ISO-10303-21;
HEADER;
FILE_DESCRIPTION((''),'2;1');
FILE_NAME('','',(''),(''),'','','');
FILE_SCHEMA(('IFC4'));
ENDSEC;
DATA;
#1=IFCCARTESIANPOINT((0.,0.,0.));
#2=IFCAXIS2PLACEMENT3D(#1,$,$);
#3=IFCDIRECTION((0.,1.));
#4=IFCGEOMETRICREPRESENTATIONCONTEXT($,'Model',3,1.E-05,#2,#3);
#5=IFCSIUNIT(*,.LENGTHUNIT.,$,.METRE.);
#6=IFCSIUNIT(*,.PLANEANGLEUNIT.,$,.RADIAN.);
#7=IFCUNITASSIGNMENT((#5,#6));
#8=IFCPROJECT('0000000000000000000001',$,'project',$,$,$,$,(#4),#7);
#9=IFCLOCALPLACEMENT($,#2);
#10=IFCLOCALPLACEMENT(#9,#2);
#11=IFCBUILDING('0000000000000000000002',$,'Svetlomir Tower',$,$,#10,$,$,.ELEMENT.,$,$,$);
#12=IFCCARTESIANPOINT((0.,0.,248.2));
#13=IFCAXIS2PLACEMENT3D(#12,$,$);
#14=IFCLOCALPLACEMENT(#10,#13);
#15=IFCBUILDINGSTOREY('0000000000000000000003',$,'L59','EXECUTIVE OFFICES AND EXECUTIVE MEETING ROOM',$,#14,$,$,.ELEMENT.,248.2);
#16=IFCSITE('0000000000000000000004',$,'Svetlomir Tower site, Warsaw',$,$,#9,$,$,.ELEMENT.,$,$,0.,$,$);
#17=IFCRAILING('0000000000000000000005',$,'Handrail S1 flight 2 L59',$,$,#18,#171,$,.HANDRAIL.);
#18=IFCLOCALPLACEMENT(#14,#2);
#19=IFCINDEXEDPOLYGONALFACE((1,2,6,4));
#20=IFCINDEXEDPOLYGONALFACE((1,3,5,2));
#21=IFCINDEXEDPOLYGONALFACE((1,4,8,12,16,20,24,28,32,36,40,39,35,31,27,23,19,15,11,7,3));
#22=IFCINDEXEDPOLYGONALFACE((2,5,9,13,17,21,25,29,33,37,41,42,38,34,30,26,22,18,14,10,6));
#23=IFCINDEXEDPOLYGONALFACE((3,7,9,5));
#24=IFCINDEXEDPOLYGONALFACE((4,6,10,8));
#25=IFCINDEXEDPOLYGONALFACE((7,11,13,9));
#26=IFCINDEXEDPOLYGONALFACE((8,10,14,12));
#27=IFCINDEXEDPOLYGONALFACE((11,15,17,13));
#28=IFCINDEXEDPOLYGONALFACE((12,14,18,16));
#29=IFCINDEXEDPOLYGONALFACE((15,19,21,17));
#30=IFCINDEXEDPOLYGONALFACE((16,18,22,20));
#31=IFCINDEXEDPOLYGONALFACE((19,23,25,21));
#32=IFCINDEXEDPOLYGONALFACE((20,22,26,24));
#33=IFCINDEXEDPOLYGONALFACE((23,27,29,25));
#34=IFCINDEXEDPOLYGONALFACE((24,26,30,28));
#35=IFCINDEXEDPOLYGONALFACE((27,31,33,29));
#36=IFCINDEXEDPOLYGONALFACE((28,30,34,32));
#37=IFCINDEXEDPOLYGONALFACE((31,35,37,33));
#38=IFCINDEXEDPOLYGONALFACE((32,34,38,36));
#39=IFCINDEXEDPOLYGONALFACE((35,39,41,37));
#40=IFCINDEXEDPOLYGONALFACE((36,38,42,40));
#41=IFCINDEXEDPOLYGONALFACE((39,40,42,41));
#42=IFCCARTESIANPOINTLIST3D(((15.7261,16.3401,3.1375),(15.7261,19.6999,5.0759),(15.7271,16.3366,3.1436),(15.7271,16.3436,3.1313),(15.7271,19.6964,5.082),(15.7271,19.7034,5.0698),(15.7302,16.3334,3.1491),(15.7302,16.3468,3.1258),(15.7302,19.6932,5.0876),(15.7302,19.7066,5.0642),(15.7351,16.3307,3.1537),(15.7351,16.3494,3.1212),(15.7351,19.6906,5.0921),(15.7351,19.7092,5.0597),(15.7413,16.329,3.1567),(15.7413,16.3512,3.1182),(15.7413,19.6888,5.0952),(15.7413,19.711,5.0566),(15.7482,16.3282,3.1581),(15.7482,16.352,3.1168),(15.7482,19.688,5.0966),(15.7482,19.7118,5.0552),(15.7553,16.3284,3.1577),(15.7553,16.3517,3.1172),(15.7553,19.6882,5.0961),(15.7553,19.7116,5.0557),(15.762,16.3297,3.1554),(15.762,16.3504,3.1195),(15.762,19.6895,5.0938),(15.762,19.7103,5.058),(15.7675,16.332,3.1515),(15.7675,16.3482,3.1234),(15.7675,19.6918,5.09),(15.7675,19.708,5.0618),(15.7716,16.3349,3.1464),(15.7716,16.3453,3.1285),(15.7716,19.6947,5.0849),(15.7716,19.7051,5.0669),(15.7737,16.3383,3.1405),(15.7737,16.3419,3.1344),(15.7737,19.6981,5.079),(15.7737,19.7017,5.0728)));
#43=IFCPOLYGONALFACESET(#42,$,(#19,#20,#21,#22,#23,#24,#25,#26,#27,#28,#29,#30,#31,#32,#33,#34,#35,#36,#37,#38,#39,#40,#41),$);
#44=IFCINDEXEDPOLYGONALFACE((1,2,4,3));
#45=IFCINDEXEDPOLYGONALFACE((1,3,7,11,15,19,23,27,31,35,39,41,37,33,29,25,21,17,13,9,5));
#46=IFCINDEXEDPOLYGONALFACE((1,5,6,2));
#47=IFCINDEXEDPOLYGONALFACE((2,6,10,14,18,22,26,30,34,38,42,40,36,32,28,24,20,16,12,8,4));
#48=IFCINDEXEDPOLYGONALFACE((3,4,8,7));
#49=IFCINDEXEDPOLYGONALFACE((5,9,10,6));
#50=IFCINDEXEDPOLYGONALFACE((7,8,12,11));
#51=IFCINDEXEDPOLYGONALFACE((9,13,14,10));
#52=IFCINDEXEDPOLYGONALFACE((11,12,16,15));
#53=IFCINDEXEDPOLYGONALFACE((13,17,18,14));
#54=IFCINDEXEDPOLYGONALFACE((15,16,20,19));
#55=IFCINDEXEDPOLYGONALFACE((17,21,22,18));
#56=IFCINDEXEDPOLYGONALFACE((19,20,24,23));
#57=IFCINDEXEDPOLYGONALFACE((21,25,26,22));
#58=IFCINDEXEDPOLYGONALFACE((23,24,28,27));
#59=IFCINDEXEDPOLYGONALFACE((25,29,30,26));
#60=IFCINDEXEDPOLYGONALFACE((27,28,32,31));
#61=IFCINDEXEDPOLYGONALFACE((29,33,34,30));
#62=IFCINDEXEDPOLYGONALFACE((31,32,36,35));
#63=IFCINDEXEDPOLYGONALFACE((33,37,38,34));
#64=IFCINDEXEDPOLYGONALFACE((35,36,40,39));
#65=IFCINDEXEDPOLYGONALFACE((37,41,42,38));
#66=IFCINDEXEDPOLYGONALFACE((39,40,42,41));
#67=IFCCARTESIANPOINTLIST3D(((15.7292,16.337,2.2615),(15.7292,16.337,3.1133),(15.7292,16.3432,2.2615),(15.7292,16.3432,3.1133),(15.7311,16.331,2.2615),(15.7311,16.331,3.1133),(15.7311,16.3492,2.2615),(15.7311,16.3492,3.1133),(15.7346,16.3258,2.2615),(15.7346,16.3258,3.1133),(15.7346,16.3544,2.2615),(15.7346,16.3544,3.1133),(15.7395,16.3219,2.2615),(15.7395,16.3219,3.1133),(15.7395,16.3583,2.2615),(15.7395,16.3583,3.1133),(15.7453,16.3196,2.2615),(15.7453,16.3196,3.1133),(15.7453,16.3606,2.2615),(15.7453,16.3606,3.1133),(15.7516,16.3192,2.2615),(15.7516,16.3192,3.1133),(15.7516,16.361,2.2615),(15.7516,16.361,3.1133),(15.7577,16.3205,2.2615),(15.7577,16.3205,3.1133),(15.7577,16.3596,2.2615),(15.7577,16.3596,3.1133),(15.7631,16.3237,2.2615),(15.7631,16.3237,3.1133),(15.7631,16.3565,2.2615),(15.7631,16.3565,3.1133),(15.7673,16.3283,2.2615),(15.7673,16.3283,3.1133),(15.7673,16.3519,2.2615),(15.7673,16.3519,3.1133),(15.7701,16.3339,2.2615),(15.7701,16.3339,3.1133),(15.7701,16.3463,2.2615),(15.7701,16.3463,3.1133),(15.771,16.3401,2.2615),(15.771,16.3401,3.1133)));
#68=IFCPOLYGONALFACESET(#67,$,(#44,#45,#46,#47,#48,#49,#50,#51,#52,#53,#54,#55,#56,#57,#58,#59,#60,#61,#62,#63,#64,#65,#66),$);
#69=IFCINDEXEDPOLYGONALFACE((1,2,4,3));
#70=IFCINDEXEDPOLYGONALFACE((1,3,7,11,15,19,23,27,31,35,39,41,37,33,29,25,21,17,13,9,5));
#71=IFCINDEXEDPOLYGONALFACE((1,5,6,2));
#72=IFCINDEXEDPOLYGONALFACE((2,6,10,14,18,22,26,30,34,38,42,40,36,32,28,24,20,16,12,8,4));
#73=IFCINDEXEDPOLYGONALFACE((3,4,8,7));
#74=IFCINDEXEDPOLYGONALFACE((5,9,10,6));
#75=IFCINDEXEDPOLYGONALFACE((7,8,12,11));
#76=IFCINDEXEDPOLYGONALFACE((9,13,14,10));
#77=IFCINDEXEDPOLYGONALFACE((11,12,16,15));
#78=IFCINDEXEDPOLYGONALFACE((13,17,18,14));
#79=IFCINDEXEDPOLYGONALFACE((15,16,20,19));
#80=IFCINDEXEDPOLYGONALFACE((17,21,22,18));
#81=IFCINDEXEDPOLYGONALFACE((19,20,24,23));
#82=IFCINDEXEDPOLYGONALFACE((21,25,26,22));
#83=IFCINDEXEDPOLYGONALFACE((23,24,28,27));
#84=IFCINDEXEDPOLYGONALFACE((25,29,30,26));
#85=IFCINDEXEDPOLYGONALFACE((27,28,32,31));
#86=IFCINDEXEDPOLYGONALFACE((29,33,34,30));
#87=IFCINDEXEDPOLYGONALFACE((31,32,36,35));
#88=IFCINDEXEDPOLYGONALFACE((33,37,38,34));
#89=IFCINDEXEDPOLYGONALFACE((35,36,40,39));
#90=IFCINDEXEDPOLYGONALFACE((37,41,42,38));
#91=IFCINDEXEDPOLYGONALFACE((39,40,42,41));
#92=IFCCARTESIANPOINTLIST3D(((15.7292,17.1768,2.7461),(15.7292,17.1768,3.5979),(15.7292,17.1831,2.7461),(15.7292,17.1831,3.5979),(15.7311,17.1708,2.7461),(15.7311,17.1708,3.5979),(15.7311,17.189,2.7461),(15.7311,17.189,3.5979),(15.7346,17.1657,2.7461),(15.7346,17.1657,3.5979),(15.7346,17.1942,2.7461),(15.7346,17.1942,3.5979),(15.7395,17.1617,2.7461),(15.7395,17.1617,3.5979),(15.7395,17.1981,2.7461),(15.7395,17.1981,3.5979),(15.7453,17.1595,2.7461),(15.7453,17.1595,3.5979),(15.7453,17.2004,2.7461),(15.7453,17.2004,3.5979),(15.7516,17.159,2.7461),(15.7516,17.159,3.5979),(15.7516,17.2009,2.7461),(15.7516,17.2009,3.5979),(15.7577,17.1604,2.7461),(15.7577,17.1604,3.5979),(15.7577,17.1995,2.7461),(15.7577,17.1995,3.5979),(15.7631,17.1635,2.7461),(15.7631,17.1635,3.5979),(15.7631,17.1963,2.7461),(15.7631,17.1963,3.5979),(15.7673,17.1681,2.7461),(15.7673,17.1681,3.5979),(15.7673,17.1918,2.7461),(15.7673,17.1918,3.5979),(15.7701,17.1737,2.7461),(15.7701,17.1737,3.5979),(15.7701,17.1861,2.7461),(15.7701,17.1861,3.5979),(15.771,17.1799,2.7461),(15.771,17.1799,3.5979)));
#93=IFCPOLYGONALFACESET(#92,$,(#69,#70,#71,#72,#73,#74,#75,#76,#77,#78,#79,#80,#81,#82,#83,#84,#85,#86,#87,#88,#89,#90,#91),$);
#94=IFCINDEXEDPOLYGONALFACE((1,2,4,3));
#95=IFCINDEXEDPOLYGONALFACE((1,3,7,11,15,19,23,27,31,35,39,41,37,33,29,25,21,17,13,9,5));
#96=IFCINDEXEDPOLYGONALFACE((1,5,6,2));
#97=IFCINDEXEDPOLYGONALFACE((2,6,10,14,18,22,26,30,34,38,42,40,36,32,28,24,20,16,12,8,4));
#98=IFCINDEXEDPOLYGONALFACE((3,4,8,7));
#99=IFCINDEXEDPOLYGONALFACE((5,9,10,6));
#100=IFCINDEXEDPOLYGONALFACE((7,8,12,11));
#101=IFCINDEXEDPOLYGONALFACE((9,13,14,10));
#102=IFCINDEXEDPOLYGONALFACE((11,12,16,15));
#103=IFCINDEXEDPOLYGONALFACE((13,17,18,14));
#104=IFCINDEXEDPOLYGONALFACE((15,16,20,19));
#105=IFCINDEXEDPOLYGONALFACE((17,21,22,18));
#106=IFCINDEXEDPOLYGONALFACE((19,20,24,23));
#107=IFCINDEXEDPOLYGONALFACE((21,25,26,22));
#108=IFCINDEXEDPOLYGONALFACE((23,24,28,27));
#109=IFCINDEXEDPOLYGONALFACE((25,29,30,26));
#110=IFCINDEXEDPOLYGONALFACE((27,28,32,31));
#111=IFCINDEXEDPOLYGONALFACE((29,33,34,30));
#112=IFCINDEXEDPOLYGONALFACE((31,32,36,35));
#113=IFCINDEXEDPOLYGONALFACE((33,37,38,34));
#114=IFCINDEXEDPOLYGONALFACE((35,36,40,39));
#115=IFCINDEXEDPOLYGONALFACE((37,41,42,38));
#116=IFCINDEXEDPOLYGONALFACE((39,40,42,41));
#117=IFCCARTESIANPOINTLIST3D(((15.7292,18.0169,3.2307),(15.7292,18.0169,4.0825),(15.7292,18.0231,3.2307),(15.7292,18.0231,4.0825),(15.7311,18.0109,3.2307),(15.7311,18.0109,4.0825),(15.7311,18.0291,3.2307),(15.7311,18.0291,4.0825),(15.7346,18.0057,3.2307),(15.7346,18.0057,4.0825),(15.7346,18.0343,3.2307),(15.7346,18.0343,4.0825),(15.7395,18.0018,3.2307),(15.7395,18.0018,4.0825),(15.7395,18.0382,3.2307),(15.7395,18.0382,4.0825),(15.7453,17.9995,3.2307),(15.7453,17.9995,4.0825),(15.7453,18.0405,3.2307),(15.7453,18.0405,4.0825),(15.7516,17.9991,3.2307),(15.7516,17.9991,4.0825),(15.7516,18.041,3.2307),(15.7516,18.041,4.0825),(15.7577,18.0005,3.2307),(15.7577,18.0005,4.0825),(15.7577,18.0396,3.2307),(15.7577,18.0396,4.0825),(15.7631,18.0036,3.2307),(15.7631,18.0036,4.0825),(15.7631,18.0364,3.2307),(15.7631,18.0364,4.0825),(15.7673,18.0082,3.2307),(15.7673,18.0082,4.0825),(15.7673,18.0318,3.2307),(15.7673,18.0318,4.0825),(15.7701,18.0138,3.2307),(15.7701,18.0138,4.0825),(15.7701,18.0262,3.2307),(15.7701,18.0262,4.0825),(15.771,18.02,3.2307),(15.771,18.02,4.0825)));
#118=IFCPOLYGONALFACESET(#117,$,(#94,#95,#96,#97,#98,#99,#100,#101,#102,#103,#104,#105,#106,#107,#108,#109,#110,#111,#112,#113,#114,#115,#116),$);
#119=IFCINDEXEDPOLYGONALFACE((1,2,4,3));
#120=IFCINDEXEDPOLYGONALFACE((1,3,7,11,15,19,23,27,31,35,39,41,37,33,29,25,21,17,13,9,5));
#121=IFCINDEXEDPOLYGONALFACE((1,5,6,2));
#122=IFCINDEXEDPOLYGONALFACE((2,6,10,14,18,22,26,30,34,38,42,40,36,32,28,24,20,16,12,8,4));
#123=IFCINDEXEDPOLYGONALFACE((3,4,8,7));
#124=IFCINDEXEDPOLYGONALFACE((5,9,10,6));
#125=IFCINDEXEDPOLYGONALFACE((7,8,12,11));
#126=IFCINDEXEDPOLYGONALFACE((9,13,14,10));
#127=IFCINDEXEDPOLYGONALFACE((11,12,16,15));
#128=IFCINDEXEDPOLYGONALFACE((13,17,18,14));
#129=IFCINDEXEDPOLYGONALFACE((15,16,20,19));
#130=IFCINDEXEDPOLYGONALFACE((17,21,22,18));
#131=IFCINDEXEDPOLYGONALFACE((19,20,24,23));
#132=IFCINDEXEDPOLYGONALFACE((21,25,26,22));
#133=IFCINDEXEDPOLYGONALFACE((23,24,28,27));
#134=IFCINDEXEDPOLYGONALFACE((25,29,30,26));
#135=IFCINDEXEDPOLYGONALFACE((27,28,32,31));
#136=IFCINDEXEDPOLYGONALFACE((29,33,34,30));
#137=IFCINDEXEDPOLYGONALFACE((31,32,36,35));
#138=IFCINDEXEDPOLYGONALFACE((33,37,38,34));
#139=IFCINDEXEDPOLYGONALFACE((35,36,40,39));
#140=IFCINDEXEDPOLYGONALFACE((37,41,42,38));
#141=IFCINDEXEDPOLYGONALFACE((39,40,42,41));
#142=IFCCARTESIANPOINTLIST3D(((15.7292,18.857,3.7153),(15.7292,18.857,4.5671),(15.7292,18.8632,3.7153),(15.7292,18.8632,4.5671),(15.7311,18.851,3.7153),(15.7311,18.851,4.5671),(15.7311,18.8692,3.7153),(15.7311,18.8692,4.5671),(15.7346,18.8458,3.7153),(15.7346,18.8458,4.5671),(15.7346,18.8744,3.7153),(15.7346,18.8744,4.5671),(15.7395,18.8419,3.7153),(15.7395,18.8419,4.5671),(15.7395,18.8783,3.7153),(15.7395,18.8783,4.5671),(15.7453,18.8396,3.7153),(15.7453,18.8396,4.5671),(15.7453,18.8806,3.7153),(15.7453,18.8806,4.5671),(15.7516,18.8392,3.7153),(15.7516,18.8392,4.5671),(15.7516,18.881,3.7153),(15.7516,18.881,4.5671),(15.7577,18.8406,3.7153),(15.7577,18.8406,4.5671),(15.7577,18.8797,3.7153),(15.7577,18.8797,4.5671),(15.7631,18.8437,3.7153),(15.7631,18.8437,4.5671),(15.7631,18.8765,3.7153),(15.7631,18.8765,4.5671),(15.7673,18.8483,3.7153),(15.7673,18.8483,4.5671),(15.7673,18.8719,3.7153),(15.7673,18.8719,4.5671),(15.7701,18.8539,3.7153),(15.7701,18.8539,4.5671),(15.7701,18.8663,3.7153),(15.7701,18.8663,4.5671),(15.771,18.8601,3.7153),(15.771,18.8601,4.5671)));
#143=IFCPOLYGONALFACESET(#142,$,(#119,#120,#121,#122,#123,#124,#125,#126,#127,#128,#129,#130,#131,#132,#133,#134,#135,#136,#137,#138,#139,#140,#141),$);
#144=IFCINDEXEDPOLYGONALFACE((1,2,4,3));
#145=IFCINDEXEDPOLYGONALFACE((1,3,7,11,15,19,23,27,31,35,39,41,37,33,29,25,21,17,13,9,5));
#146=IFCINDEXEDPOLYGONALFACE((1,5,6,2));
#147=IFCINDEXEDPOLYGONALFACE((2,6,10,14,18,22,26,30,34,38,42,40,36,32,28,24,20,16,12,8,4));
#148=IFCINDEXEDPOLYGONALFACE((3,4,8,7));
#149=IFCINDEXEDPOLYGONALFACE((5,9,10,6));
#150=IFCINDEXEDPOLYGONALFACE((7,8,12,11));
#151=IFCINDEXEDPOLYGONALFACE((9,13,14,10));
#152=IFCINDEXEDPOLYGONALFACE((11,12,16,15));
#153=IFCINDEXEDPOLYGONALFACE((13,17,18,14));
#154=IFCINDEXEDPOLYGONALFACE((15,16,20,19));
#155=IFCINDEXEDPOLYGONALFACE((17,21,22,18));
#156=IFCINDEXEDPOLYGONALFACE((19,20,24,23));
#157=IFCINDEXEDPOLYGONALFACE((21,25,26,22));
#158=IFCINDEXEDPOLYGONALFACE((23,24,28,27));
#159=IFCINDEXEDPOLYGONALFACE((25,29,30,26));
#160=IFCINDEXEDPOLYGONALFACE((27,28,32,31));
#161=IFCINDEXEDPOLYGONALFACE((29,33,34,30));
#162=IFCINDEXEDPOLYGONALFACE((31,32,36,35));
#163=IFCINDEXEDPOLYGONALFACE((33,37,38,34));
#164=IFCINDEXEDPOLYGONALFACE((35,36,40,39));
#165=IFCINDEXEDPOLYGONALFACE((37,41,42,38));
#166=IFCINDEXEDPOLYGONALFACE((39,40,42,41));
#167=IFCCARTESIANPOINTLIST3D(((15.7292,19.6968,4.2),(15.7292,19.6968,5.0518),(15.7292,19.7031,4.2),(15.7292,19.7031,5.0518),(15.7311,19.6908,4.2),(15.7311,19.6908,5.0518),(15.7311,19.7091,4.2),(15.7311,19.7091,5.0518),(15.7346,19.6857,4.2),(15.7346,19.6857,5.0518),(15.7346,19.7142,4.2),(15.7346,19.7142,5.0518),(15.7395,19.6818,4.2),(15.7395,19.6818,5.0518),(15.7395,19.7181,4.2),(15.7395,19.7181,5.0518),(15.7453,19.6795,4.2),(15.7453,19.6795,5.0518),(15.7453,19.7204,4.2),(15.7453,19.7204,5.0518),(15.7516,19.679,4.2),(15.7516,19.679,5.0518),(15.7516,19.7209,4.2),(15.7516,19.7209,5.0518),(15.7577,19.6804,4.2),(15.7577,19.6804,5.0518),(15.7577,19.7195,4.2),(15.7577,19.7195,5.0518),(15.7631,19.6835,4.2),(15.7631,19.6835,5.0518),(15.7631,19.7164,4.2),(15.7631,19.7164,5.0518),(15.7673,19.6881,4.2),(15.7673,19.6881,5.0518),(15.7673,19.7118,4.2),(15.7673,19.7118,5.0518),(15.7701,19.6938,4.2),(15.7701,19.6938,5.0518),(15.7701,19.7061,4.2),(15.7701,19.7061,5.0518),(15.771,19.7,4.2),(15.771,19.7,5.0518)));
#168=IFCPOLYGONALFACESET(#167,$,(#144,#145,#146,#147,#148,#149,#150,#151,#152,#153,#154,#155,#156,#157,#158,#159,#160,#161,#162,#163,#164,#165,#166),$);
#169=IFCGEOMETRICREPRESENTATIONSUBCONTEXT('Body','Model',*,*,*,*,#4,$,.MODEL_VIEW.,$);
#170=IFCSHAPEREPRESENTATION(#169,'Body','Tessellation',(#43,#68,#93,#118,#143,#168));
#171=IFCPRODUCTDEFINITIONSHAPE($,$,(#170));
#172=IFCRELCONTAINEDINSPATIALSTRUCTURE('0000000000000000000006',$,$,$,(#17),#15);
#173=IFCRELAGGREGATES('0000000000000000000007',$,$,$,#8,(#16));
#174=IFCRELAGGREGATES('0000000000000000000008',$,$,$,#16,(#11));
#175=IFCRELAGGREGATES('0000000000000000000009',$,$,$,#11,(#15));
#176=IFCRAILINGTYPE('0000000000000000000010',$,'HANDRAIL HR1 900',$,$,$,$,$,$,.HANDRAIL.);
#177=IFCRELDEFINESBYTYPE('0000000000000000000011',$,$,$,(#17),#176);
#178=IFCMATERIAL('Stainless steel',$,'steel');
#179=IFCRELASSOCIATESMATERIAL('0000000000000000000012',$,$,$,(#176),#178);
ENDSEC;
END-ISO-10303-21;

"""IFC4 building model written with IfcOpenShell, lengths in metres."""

from ifc_helpers import new_model, si_unit, direction, frame, origin, origin_2d, place, context, subcontext, project, spatial, circle, extrude, material, type_object, element, save


model = new_model("IFC4")

# Units and contexts
model_context = context("Model", 3, precision=1e-05, world=origin(), true_north=direction((0.0, 1.0)))
body_context = subcontext(model_context, "Body", "Model", "MODEL_VIEW")
ifc_project = project(units=[si_unit("LENGTHUNIT", "METRE"), si_unit("PLANEANGLEUNIT", "RADIAN")], contexts=[model_context])

# Site, building, storey
site_placement = place(None, origin())
site = spatial("IfcSite", under=ifc_project, at=site_placement, Name="Svetlomir Tower site, Warsaw", CompositionType="ELEMENT", RefElevation=0.0)
building_placement = place(site_placement, origin())
building = spatial("IfcBuilding", under=site, at=building_placement, Name="Svetlomir Tower", CompositionType="ELEMENT")
storey_placement = place(building_placement, frame((0.0, 0.0, 248.2)))
storey = spatial("IfcBuildingStorey", under=building, at=storey_placement, Name="L59", Description="EXECUTIVE OFFICES AND EXECUTIVE MEETING ROOM", CompositionType="ELEMENT", Elevation=248.2)

# Railing
ifc_material_1 = material(Name="Stainless steel", Category="steel")
railing_type = type_object("IfcRailingType", Name="HANDRAIL HR1 900", PredefinedType="HANDRAIL", material=ifc_material_1)
railing_placement = place(storey_placement, frame((15.75, 16.3401, 2.2615)))
element("IfcRailing", 1, at=railing_placement, inside=storey, type_object=railing_type, Name="Handrail S1 flight 2 L59", PredefinedType="HANDRAIL", context=body_context, shape_type="SweptSolid", body=[
    extrude(circle(Radius=0.0239, at=origin_2d()), frame((0.0, 0.0, 0.876), z_axis=(0.0, 0.866175, 0.499741), x_axis=(-1.0, 0.0, 0.0)), (0.0, 0.0, 1.0), 3.8789),
    extrude(circle(Radius=0.021, at=origin_2d()), origin(), (0.0, 0.0, 1.0), 0.8518),
    extrude(circle(Radius=0.021, at=origin_2d()), frame((0.0, 0.8398, 0.4846)), (0.0, 0.0, 1.0), 0.8518),
    extrude(circle(Radius=0.021, at=origin_2d()), frame((0.0, 1.6799, 0.9692)), (0.0, 0.0, 1.0), 0.8518),
    extrude(circle(Radius=0.021, at=origin_2d()), frame((0.0, 2.52, 1.4539)), (0.0, 0.0, 1.0), 0.8518),
    extrude(circle(Radius=0.021, at=origin_2d()), frame((0.0, 3.3599, 1.9385)), (0.0, 0.0, 1.0), 0.8518),
])

save(model, "model.ifc")
